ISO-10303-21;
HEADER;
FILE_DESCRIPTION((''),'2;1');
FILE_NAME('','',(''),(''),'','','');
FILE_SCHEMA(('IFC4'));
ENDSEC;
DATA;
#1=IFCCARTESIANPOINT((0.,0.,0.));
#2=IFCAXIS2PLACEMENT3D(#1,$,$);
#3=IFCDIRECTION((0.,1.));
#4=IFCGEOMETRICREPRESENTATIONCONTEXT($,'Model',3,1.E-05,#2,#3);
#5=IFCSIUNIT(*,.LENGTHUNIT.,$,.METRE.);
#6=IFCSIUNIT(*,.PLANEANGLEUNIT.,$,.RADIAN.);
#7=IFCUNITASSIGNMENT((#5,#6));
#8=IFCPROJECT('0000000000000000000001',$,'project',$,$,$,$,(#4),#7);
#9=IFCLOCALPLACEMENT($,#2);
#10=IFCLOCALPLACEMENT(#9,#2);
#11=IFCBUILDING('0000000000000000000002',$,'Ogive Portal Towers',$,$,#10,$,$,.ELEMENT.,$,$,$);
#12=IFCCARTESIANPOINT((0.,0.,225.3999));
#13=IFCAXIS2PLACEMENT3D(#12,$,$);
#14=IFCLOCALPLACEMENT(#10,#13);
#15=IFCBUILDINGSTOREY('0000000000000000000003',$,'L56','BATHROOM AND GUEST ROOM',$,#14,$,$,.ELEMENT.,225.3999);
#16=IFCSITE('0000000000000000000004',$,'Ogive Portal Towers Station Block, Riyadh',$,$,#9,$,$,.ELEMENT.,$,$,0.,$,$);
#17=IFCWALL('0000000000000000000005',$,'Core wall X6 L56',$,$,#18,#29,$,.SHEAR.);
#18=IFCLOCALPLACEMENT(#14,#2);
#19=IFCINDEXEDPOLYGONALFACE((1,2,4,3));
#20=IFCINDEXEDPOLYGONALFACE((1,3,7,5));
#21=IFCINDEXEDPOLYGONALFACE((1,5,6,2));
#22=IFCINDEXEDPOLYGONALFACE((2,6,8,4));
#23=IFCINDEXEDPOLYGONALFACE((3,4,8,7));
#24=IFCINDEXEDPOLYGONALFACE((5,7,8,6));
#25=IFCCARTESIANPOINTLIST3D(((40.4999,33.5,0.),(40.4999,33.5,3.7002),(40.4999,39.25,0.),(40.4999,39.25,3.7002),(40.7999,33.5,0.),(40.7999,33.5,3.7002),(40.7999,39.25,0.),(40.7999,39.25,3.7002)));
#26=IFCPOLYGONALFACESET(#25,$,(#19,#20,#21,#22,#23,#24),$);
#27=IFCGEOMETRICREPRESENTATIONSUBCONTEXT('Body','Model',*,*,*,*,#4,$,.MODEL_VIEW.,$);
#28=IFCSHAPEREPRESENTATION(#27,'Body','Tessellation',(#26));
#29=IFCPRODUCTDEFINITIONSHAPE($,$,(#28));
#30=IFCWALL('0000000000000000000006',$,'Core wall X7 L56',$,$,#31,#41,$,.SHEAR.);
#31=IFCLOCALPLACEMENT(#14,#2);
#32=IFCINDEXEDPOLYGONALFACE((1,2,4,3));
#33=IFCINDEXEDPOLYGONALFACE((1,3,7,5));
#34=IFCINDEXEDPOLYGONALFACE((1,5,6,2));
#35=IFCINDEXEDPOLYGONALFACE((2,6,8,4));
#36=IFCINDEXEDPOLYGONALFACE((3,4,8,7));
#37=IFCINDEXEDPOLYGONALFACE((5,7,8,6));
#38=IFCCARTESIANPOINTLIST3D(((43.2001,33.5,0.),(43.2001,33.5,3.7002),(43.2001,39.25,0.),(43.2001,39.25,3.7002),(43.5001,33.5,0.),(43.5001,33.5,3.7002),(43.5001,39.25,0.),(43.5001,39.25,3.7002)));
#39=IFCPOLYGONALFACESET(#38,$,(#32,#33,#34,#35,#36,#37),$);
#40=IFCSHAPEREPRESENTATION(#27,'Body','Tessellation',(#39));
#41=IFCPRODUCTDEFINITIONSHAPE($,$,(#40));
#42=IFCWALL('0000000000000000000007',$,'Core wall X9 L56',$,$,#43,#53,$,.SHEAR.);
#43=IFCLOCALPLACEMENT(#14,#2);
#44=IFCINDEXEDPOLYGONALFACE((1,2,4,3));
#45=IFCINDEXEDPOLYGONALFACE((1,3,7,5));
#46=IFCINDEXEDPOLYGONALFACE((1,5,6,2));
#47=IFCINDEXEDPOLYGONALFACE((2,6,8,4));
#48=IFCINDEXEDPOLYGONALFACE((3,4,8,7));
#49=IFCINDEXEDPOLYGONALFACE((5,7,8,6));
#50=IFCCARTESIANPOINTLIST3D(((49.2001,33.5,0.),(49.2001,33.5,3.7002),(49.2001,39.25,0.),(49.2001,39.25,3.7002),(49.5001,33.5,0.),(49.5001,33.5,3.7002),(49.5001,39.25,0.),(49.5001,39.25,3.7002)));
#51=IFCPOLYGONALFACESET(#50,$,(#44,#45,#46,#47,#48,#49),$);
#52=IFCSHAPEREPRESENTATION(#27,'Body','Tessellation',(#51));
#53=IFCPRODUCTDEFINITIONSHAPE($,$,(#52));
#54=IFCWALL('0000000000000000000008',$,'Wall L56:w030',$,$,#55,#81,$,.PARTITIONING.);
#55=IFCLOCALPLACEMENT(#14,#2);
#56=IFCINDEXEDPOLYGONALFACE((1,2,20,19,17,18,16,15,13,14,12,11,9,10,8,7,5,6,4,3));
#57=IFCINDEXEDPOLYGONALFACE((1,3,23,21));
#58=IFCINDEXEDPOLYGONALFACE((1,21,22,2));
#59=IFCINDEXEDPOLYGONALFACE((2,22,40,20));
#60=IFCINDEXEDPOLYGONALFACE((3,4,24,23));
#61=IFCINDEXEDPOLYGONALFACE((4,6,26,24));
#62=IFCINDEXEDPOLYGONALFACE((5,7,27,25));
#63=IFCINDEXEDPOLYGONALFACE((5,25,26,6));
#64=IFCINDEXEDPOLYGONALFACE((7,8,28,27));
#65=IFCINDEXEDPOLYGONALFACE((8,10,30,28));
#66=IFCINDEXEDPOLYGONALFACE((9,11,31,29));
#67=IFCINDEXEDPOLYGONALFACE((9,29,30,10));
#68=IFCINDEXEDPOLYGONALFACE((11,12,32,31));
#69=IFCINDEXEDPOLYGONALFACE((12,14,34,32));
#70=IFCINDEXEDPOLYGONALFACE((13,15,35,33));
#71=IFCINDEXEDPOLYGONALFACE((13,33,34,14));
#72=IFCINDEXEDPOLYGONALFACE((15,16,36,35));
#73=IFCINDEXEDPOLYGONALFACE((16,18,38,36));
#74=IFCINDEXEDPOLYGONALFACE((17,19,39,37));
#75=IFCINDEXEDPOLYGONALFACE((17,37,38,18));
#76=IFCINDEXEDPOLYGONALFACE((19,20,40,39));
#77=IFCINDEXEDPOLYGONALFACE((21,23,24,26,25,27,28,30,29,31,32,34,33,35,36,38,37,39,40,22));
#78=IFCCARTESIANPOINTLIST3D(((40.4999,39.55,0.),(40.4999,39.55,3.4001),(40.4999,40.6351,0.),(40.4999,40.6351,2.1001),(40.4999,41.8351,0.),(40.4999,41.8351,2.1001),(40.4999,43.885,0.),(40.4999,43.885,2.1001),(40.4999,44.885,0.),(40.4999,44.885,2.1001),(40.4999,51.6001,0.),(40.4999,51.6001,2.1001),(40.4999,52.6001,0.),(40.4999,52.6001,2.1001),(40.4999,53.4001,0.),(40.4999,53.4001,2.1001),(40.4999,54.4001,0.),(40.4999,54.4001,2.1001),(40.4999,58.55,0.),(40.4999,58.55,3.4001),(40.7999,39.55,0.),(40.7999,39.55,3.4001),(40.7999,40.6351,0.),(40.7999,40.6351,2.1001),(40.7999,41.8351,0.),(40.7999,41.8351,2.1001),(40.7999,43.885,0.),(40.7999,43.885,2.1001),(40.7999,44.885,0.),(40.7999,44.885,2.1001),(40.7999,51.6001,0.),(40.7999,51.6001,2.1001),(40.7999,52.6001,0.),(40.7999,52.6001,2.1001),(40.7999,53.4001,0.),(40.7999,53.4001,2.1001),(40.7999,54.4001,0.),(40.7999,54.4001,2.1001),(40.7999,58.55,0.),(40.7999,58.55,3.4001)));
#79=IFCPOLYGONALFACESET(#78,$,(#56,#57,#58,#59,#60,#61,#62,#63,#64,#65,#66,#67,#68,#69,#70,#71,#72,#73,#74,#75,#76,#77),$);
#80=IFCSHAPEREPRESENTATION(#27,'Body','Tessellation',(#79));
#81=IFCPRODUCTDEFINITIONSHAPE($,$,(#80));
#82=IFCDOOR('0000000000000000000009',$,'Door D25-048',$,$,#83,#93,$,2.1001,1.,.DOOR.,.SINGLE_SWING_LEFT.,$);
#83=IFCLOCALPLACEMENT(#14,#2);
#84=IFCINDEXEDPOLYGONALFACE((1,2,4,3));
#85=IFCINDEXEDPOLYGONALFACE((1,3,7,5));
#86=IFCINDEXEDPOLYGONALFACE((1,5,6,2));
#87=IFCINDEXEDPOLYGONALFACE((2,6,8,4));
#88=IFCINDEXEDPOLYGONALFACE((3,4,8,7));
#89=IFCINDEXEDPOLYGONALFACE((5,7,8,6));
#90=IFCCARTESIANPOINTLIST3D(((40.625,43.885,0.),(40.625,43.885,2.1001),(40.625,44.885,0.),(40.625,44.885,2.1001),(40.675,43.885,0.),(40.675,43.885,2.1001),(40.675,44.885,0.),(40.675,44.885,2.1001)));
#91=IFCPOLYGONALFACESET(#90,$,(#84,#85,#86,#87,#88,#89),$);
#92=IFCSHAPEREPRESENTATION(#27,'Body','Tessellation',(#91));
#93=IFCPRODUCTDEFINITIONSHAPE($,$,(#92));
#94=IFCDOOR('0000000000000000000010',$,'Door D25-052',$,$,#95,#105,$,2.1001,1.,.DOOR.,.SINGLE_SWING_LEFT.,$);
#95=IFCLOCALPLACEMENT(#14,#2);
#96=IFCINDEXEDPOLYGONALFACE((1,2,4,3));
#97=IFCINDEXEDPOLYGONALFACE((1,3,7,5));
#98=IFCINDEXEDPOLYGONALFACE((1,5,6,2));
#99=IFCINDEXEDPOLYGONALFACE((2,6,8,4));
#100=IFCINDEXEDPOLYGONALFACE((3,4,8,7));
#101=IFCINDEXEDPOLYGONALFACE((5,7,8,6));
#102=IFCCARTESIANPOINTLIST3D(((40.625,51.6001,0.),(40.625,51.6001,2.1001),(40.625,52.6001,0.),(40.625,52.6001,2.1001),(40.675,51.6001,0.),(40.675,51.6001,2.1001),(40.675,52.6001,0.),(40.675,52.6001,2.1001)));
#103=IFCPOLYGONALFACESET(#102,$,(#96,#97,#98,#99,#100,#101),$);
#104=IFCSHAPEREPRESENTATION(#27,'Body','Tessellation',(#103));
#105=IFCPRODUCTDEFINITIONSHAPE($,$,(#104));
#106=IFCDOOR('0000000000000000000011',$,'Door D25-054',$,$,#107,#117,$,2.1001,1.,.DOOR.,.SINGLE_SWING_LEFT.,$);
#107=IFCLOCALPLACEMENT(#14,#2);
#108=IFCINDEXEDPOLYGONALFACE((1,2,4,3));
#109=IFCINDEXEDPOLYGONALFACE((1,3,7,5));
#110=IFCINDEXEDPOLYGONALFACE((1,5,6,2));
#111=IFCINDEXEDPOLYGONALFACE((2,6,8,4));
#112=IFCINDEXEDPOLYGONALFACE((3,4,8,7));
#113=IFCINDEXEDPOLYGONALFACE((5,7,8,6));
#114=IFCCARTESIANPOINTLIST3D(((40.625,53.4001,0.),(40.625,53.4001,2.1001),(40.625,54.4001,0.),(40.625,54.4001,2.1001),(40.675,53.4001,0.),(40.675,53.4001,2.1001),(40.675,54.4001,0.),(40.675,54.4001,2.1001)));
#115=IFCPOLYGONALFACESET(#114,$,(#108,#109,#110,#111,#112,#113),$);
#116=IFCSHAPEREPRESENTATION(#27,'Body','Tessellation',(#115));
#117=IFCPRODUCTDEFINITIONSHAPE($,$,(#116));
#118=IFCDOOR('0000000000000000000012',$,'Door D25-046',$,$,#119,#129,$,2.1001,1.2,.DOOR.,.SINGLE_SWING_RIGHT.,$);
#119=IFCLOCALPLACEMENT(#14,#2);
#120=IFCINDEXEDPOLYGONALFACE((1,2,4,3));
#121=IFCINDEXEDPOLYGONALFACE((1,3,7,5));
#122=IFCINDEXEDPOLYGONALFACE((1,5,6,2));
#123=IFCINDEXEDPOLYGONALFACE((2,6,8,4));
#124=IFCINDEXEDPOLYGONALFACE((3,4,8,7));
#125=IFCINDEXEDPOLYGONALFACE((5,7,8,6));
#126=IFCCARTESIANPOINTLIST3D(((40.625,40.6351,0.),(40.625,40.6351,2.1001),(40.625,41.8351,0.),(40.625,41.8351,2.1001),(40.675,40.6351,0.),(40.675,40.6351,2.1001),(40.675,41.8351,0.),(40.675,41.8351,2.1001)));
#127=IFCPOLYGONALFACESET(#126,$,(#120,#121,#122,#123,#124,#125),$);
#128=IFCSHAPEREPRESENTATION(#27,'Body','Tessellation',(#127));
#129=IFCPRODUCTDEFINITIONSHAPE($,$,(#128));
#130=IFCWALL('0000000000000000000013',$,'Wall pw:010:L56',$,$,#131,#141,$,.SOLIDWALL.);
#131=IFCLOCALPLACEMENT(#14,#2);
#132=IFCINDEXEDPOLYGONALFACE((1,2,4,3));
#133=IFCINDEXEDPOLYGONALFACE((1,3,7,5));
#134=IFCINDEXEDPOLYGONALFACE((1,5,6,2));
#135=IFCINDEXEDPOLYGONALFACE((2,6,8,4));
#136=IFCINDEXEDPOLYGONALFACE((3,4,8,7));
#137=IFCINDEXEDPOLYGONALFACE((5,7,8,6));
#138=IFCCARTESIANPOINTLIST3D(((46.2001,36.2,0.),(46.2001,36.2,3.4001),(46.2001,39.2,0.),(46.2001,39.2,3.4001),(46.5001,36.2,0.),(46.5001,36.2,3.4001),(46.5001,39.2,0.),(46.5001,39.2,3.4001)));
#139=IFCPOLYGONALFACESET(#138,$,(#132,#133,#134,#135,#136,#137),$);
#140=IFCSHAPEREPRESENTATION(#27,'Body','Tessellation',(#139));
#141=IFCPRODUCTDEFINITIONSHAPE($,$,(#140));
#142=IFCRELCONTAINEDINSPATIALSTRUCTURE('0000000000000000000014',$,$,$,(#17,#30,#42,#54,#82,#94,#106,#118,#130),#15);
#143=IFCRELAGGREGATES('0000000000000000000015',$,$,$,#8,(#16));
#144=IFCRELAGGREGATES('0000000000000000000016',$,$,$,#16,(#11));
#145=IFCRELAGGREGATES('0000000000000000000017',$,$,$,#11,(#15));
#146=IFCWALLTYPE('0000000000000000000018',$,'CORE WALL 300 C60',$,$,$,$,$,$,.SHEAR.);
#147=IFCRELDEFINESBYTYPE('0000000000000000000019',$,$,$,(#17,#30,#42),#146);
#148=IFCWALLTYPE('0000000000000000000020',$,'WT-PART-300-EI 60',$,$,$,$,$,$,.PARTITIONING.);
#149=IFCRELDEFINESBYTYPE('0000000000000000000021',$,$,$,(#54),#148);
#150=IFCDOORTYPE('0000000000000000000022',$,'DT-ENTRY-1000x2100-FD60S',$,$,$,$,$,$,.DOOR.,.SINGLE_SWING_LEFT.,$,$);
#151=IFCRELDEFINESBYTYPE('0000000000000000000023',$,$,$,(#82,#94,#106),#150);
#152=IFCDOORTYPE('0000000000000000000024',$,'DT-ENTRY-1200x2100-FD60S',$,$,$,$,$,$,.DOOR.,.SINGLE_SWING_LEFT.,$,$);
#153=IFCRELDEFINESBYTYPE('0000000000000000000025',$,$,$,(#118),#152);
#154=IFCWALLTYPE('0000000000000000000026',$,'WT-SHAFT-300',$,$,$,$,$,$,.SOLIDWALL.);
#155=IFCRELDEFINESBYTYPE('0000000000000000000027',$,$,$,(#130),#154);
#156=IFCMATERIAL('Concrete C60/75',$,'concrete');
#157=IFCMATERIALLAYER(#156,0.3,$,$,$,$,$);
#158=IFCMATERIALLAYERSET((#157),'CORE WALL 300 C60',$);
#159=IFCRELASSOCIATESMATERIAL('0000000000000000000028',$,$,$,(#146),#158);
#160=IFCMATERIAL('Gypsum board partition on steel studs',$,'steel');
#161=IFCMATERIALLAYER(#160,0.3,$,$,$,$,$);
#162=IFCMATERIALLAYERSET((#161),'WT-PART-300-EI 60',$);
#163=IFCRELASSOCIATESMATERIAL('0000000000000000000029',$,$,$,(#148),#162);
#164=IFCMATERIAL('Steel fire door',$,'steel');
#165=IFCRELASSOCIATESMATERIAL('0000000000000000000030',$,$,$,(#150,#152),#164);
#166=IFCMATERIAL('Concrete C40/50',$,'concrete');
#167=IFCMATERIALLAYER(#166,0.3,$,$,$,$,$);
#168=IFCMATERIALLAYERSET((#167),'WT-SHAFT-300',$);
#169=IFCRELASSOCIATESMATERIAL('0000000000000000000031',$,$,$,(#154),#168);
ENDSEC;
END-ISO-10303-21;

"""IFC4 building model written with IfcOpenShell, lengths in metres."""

from ifc_helpers import new_model, si_unit, direction, frame, frame_2d, origin, place, context, subcontext, project, spatial, rectangle, extrude, material, layer, layer_set, type_object, element, fill, save


model = new_model("IFC4")

# Units and contexts
model_context = context("Model", 3, precision=1e-05, world=origin(), true_north=direction((0.0, 1.0)))
body_context = subcontext(model_context, "Body", "Model", "MODEL_VIEW")
ifc_project = project(units=[si_unit("LENGTHUNIT", "METRE"), si_unit("PLANEANGLEUNIT", "RADIAN")], contexts=[model_context])

# Site, building, storey
site_placement = place(None, origin())
site = spatial("IfcSite", under=ifc_project, at=site_placement, Name="Ogive Portal Towers Station Block, Riyadh", CompositionType="ELEMENT", RefElevation=0.0)
building_placement = place(site_placement, origin())
building = spatial("IfcBuilding", under=site, at=building_placement, Name="Ogive Portal Towers", CompositionType="ELEMENT")
storey_placement = place(building_placement, frame((0.0, 0.0, 225.3999)))
storey = spatial("IfcBuildingStorey", under=building, at=storey_placement, Name="L56", Description="BATHROOM AND GUEST ROOM", CompositionType="ELEMENT", Elevation=225.3999)

# Shared definitions
ifc_material_1 = material(Name="Concrete C60/75", Category="concrete")
ifc_layer_1 = layer(ifc_material_1, 0.3)
ifc_layer_set_1 = layer_set([ifc_layer_1], Name="CORE WALL 300 C60")
wall_type_1 = type_object("IfcWallType", Name="CORE WALL 300 C60", PredefinedType="SHEAR", material=ifc_layer_set_1)
ifc_material_2 = material(Name="Steel fire door", Category="steel")

# Walls
for number, where, z_axis, x_axis, name in (
    (1, (40.6499, 33.5, 0.0), (0.0, 0.0, 1.0), (0.0, 1.0, 0.0), "Core wall X6 L56"),
    (2, (43.3501, 33.5, 0.0), (0.0, 0.0, 1.0), (0.0, 1.0, 0.0), "Core wall X7 L56"),
    (3, (49.3501, 33.5, 0.0), (0.0, 0.0, 1.0), (0.0, 1.0, 0.0), "Core wall X9 L56"),
):
    element("IfcWall", number, at=place(storey_placement, frame(where, z_axis=z_axis, x_axis=x_axis)), inside=storey, type_object=wall_type_1, Name=name, PredefinedType="SHEAR", context=body_context, shape_type="SweptSolid", body=[
        extrude(rectangle(XDim=5.75, YDim=0.3, at=frame_2d((2.875, 0.0))), origin(), (0.0, 0.0, 1.0), 3.7002),
    ])

# Wall, openings, doors
ifc_material_3 = material(Name="Gypsum board partition on steel studs", Category="steel")
ifc_layer_2 = layer(ifc_material_3, 0.3)
ifc_layer_set_2 = layer_set([ifc_layer_2], Name="WT-PART-300-EI 60")
wall_type_2 = type_object("IfcWallType", Name="WT-PART-300-EI 60", PredefinedType="PARTITIONING", material=ifc_layer_set_2)
wall_1_placement = place(storey_placement, frame((40.6499, 39.55, 0.0), z_axis=(0.0, 0.0, 1.0), x_axis=(0.0, 1.0, 0.0)))
wall_1 = element("IfcWall", 4, at=wall_1_placement, inside=storey, type_object=wall_type_2, Name="Wall L56:w030", PredefinedType="PARTITIONING", context=body_context, shape_type="SweptSolid", body=[
    extrude(rectangle(XDim=19.0, YDim=0.3, at=frame_2d((9.5, 0.0))), origin(), (0.0, 0.0, 1.0), 3.4001),
])
opening_1_placement = place(wall_1_placement, frame((1.085, 0.0, 0.0)))
opening_1 = element("IfcOpeningElement", 5, at=opening_1_placement, cuts=wall_1, PredefinedType="OPENING", context=body_context, shape_type="SweptSolid", body=[
    extrude(rectangle(XDim=1.2, YDim=2.1001, at=frame_2d((0.6001, 1.05))), frame((0.0, 0.1602, 0.0), z_axis=(0.0, -1.0, 0.0), x_axis=(1.0, 0.0, 0.0)), (0.0, 0.0, 1.0), 0.3201),
])
opening_2_placement = place(wall_1_placement, frame((4.335, 0.0, 0.0)))
opening_2 = element("IfcOpeningElement", 6, at=opening_2_placement, cuts=wall_1, PredefinedType="OPENING", context=body_context, shape_type="SweptSolid", body=[
    extrude(rectangle(XDim=1.0, YDim=2.1001, at=frame_2d((0.5, 1.05))), frame((0.0, 0.1602, 0.0), z_axis=(0.0, -1.0, 0.0), x_axis=(1.0, 0.0, 0.0)), (0.0, 0.0, 1.0), 0.3201),
])
opening_3_placement = place(wall_1_placement, frame((12.05, 0.0, 0.0)))
opening_3 = element("IfcOpeningElement", 7, at=opening_3_placement, cuts=wall_1, PredefinedType="OPENING", context=body_context, shape_type="SweptSolid", body=[
    extrude(rectangle(XDim=1.0, YDim=2.1001, at=frame_2d((0.5, 1.05))), frame((0.0, 0.1602, 0.0), z_axis=(0.0, -1.0, 0.0), x_axis=(1.0, 0.0, 0.0)), (0.0, 0.0, 1.0), 0.3201),
])
opening_4_placement = place(wall_1_placement, frame((13.8501, 0.0, 0.0)))
opening_4 = element("IfcOpeningElement", 8, at=opening_4_placement, cuts=wall_1, PredefinedType="OPENING", context=body_context, shape_type="SweptSolid", body=[
    extrude(rectangle(XDim=1.0, YDim=2.1001, at=frame_2d((0.5, 1.05))), frame((0.0, 0.1602, 0.0), z_axis=(0.0, -1.0, 0.0), x_axis=(1.0, 0.0, 0.0)), (0.0, 0.0, 1.0), 0.3201),
])
door_type_1 = type_object("IfcDoorType", Name="DT-ENTRY-1000x2100-FD60S", OperationType="SINGLE_SWING_LEFT", PredefinedType="DOOR", material=ifc_material_2)
door_1_placement = place(opening_2_placement, origin())
door_1 = element("IfcDoor", 9, at=door_1_placement, inside=storey, type_object=door_type_1, Name="Door D25-048", OperationType="SINGLE_SWING_LEFT", OverallHeight=2.1001, OverallWidth=1.0, PredefinedType="DOOR", context=body_context, shape_type="SweptSolid", body=[
    extrude(rectangle(XDim=1.0, YDim=2.1001, at=frame_2d((0.5, 1.05))), frame((0.0, 0.0249, 0.0), z_axis=(0.0, -1.0, 0.0), x_axis=(1.0, 0.0, 0.0)), (0.0, 0.0, 1.0), 0.05),
])
fill(opening_2, door_1)
door_2_placement = place(opening_3_placement, origin())
door_2 = element("IfcDoor", 10, at=door_2_placement, inside=storey, type_object=door_type_1, Name="Door D25-052", OperationType="SINGLE_SWING_LEFT", OverallHeight=2.1001, OverallWidth=1.0, PredefinedType="DOOR", context=body_context, shape_type="SweptSolid", body=[
    extrude(rectangle(XDim=1.0, YDim=2.1001, at=frame_2d((0.5, 1.05))), frame((0.0, 0.0249, 0.0), z_axis=(0.0, -1.0, 0.0), x_axis=(1.0, 0.0, 0.0)), (0.0, 0.0, 1.0), 0.05),
])
fill(opening_3, door_2)
door_3_placement = place(opening_4_placement, origin())
door_3 = element("IfcDoor", 11, at=door_3_placement, inside=storey, type_object=door_type_1, Name="Door D25-054", OperationType="SINGLE_SWING_LEFT", OverallHeight=2.1001, OverallWidth=1.0, PredefinedType="DOOR", context=body_context, shape_type="SweptSolid", body=[
    extrude(rectangle(XDim=1.0, YDim=2.1001, at=frame_2d((0.5, 1.05))), frame((0.0, 0.0249, 0.0), z_axis=(0.0, -1.0, 0.0), x_axis=(1.0, 0.0, 0.0)), (0.0, 0.0, 1.0), 0.05),
])
fill(opening_4, door_3)
door_type_2 = type_object("IfcDoorType", Name="DT-ENTRY-1200x2100-FD60S", OperationType="SINGLE_SWING_LEFT", PredefinedType="DOOR", material=ifc_material_2)
door_4_placement = place(opening_1_placement, origin())
door_4 = element("IfcDoor", 12, at=door_4_placement, inside=storey, type_object=door_type_2, Name="Door D25-046", OperationType="SINGLE_SWING_RIGHT", OverallHeight=2.1001, OverallWidth=1.2, PredefinedType="DOOR", context=body_context, shape_type="SweptSolid", body=[
    extrude(rectangle(XDim=1.2, YDim=2.1001, at=frame_2d((0.6001, 1.05))), frame((0.0, 0.0249, 0.0), z_axis=(0.0, -1.0, 0.0), x_axis=(1.0, 0.0, 0.0)), (0.0, 0.0, 1.0), 0.05),
])
fill(opening_1, door_4)

# Wall
ifc_material_4 = material(Name="Concrete C40/50", Category="concrete")
ifc_layer_3 = layer(ifc_material_4, 0.3)
ifc_layer_set_3 = layer_set([ifc_layer_3], Name="WT-SHAFT-300")
wall_type_3 = type_object("IfcWallType", Name="WT-SHAFT-300", PredefinedType="SOLIDWALL", material=ifc_layer_set_3)
wall_2_placement = place(storey_placement, frame((46.3501, 36.2, 0.0), z_axis=(0.0, 0.0, 1.0), x_axis=(0.0, 1.0, 0.0)))
element("IfcWall", 13, at=wall_2_placement, inside=storey, type_object=wall_type_3, Name="Wall pw:010:L56", PredefinedType="SOLIDWALL", context=body_context, shape_type="SweptSolid", body=[
    extrude(rectangle(XDim=3.0, YDim=0.3, at=frame_2d((1.5, 0.0))), origin(), (0.0, 0.0, 1.0), 3.4001),
])

save(model, "model.ifc")
